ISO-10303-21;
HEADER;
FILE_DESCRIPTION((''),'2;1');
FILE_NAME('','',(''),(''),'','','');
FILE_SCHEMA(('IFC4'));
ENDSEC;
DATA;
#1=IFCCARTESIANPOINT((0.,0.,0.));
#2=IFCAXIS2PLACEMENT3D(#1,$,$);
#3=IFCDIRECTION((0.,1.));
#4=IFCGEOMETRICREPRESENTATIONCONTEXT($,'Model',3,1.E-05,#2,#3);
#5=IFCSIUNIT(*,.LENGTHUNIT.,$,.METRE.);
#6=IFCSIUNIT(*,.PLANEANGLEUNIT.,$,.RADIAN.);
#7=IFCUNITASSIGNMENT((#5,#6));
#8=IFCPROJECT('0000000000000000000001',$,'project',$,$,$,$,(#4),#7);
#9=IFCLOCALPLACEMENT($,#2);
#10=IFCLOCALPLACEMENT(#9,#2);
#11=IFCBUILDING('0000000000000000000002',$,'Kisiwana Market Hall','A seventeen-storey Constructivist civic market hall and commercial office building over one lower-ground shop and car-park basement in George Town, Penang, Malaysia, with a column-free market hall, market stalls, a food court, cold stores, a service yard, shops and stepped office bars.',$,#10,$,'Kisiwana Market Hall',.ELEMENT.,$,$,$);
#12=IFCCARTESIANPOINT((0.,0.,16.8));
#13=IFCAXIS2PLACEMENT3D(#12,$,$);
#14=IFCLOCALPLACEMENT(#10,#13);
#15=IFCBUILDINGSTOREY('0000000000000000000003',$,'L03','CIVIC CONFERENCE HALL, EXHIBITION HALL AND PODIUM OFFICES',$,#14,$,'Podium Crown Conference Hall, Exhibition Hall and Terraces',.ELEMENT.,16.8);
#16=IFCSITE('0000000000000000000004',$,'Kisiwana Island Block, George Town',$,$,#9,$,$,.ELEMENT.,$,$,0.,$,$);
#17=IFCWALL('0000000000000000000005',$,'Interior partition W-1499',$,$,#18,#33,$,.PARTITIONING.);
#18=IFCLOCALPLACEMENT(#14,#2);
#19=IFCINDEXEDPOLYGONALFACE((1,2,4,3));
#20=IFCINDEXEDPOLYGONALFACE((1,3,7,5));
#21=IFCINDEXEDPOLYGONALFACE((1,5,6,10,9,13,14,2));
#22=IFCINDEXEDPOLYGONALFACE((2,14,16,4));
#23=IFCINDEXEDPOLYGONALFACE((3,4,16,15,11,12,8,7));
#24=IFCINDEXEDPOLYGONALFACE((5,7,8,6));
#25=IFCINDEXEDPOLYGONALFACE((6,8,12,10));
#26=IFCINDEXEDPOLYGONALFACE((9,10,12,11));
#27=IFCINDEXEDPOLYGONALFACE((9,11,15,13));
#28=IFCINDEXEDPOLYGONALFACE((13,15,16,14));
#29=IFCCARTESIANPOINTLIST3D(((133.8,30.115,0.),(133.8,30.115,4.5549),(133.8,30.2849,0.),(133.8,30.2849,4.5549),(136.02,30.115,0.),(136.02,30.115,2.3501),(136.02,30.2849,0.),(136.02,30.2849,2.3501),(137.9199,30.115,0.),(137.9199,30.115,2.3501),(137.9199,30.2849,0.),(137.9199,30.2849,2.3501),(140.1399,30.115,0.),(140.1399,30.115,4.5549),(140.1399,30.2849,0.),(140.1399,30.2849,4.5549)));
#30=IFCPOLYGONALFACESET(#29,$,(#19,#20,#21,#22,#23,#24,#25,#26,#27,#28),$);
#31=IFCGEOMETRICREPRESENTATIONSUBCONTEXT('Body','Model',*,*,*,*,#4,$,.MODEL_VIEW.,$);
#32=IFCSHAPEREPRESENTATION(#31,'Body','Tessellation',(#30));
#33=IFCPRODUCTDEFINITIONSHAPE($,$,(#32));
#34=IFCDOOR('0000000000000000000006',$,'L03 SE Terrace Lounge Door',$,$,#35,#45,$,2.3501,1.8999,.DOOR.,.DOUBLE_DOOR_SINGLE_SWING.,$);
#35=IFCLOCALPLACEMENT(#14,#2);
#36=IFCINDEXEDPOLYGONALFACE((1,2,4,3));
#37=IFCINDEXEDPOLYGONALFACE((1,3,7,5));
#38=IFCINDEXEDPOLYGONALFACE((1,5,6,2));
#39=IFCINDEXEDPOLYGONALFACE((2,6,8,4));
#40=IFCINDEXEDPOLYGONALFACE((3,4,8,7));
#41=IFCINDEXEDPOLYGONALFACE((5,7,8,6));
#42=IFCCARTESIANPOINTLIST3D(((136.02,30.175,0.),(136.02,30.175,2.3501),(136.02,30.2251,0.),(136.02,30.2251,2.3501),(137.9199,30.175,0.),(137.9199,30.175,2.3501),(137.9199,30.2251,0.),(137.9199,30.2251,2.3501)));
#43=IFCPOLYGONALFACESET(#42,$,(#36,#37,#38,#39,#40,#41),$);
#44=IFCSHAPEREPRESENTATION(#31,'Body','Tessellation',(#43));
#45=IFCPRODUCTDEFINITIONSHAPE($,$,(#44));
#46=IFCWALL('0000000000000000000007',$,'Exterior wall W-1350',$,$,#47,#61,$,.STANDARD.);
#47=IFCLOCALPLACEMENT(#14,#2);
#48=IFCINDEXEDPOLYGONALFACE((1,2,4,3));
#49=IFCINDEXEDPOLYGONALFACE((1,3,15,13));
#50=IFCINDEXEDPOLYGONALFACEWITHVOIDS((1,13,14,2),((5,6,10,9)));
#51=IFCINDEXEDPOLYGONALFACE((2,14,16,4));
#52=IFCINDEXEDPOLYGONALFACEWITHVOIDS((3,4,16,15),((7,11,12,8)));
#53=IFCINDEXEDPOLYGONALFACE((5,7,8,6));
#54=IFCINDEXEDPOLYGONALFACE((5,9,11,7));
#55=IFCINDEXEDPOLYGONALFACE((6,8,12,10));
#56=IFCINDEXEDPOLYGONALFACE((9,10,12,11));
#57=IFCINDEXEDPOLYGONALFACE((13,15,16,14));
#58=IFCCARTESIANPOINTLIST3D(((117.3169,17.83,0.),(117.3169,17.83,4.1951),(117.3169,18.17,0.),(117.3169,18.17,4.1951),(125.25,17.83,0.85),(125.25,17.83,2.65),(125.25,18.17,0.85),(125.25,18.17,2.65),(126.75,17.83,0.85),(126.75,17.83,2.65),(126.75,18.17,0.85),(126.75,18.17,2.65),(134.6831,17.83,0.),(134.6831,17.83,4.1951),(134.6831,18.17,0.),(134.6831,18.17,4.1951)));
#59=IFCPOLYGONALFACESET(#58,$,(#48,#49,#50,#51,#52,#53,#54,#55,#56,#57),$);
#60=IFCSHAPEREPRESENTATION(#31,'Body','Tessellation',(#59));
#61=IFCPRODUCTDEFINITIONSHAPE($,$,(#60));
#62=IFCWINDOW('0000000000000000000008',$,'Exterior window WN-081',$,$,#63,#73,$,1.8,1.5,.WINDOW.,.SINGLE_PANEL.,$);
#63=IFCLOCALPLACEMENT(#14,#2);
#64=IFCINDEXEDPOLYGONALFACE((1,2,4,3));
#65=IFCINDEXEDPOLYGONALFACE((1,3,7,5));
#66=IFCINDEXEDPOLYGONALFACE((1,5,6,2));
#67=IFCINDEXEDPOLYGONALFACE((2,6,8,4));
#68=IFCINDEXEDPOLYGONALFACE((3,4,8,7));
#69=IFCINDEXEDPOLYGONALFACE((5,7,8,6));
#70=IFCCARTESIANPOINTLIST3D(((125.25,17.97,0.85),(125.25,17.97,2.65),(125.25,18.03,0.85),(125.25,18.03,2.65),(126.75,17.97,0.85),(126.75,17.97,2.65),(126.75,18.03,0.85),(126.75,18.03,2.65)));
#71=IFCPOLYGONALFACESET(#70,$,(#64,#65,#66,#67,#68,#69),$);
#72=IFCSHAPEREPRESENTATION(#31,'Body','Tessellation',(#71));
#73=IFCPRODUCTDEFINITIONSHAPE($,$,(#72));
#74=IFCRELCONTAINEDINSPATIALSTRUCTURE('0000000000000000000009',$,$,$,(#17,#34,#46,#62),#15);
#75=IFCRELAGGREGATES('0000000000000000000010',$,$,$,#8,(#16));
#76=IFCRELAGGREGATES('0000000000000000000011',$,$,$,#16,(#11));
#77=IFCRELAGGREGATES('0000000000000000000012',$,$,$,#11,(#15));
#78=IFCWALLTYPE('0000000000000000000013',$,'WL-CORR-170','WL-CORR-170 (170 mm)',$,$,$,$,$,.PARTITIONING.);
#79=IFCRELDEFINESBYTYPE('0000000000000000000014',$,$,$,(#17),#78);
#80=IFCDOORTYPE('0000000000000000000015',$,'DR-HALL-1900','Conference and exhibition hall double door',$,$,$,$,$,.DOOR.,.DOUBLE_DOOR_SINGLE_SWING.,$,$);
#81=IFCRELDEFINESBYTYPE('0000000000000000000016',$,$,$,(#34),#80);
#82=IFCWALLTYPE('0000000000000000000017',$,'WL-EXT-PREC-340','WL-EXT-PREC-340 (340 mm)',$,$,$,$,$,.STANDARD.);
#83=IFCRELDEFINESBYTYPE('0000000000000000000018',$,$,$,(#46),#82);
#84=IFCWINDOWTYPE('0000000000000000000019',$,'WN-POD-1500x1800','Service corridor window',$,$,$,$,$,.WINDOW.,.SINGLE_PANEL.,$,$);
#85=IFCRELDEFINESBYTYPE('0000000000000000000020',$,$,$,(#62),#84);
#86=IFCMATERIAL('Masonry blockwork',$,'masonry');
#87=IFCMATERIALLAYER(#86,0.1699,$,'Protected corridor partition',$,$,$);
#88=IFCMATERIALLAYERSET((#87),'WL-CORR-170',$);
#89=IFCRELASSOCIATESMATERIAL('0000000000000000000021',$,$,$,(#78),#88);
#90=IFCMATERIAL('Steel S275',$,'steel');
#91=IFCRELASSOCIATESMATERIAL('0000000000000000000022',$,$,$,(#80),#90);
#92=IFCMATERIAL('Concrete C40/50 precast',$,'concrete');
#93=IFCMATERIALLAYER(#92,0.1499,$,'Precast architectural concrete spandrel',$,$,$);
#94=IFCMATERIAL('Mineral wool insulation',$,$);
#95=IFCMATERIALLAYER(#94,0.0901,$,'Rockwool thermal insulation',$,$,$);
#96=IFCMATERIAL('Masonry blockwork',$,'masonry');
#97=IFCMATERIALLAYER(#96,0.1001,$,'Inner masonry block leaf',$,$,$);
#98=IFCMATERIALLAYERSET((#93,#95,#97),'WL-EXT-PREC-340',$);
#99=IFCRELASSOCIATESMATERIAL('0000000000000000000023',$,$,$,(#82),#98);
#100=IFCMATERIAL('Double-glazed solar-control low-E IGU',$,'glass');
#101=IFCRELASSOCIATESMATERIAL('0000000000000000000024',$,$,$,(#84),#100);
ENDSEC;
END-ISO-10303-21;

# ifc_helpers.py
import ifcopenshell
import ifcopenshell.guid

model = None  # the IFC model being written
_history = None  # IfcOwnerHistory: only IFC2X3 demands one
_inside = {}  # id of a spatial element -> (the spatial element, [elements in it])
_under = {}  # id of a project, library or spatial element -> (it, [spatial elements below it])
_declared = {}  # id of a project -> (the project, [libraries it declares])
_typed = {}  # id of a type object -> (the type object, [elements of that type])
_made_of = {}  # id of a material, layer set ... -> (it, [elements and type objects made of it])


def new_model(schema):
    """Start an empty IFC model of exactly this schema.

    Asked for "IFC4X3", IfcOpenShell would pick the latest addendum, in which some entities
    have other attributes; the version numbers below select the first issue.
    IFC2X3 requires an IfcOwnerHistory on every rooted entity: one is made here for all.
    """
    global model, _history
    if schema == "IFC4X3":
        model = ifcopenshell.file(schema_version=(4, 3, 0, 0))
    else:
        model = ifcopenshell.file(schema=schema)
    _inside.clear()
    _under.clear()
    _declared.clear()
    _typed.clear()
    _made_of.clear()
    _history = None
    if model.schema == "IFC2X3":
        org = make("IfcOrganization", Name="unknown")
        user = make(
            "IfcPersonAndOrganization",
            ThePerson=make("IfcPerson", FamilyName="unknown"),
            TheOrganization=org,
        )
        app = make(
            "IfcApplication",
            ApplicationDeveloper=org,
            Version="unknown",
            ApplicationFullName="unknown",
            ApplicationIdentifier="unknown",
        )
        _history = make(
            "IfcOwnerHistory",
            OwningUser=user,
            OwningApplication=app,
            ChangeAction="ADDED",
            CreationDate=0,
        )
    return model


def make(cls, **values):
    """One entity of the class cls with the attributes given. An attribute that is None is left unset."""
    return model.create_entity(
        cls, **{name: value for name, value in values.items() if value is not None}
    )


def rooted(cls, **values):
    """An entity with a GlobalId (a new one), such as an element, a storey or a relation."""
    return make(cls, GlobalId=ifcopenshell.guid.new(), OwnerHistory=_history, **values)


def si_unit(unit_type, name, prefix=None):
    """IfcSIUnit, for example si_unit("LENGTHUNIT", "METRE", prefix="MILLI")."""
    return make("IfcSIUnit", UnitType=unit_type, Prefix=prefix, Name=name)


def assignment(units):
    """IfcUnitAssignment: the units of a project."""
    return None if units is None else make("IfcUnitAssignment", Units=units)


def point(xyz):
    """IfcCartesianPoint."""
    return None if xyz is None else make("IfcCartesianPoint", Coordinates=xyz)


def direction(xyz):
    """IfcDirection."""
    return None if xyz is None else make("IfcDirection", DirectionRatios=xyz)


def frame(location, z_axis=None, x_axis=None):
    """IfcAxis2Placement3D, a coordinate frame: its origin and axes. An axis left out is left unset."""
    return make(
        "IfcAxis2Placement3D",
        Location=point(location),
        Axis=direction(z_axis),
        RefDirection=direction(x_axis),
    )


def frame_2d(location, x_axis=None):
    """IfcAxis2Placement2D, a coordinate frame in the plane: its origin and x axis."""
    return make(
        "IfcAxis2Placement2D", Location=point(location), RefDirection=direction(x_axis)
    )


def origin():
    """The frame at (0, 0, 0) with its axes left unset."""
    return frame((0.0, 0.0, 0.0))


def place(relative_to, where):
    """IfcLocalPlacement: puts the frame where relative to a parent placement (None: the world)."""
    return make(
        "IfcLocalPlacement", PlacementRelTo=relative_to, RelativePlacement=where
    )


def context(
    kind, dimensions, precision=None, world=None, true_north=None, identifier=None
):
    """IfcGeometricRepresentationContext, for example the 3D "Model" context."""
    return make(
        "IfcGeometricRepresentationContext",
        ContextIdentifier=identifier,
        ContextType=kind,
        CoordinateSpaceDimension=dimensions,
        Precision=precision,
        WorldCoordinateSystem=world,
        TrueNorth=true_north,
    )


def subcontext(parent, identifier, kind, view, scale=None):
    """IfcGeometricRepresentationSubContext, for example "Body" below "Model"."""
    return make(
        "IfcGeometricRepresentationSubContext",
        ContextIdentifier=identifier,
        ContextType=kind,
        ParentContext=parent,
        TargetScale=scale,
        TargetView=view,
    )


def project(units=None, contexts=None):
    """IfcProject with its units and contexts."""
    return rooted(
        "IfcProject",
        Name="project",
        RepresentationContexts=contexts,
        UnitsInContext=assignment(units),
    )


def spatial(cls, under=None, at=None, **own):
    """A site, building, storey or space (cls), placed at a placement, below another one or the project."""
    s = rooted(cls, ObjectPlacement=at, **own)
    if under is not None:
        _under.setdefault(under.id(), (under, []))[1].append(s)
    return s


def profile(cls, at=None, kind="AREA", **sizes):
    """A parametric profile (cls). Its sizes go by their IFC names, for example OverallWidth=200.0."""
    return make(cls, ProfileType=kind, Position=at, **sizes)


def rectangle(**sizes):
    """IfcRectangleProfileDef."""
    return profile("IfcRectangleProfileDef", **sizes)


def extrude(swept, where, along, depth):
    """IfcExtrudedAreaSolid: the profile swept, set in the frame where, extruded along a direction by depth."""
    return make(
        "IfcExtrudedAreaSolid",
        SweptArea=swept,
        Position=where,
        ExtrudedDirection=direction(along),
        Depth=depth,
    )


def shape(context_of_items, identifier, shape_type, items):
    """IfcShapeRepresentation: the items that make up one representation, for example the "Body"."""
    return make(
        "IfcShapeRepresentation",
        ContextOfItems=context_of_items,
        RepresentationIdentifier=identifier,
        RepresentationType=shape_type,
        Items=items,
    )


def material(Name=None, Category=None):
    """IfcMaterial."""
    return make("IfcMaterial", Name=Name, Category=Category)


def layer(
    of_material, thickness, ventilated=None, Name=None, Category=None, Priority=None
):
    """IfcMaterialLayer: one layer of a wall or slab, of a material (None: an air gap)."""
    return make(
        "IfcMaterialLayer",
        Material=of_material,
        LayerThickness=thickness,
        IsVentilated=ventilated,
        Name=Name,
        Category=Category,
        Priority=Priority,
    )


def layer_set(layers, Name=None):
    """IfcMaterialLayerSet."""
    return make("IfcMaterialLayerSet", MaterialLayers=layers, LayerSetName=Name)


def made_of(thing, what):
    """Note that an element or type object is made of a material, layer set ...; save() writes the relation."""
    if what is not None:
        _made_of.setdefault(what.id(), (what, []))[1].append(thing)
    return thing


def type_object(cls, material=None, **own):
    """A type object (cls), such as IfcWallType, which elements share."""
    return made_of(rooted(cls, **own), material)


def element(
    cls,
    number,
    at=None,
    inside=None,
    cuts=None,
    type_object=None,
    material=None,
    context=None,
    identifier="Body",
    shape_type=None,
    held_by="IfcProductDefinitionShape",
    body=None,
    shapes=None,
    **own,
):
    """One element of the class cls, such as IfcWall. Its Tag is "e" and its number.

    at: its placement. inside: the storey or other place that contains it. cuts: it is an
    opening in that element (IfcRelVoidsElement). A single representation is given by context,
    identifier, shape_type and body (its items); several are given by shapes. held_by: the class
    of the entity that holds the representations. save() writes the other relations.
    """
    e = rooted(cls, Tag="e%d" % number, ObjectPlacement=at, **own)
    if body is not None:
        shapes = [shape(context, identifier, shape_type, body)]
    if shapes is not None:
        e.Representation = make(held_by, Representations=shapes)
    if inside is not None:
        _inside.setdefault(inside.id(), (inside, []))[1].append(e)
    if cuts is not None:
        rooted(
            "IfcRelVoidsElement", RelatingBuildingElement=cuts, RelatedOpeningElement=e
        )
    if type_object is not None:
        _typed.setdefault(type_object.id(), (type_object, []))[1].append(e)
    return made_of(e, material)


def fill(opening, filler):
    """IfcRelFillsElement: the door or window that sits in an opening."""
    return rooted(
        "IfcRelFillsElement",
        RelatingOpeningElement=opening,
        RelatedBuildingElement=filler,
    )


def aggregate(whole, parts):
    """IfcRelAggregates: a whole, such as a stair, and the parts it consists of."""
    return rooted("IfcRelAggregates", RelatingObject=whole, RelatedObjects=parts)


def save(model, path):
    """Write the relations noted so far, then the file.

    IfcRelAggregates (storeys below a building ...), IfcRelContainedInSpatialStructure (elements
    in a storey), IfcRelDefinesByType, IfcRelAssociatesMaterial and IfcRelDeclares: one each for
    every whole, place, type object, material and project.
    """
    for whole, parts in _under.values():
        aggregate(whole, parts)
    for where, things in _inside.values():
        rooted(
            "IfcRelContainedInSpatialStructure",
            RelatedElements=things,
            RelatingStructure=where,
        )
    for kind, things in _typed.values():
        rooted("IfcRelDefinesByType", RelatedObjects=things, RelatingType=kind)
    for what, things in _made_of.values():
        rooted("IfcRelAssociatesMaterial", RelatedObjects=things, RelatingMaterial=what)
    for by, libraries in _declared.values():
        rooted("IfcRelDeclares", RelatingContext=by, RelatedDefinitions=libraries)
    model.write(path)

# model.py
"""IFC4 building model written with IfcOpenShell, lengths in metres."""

from ifc_helpers import new_model, si_unit, direction, frame, frame_2d, origin, place, context, subcontext, project, spatial, rectangle, extrude, material, layer, layer_set, type_object, element, fill, save


model = new_model("IFC4")

# Units and contexts
model_context = context("Model", 3, precision=1e-05, world=origin(), true_north=direction((0.0, 1.0)))
body_context = subcontext(model_context, "Body", "Model", "MODEL_VIEW")
ifc_project = project(units=[si_unit("LENGTHUNIT", "METRE"), si_unit("PLANEANGLEUNIT", "RADIAN")], contexts=[model_context])

# Site, building, storey
site_placement = place(None, origin())
site = spatial("IfcSite", under=ifc_project, at=site_placement, Name="Kisiwana Island Block, George Town", CompositionType="ELEMENT", RefElevation=0.0)
building_placement = place(site_placement, origin())
building = spatial("IfcBuilding", under=site, at=building_placement, Name="Kisiwana Market Hall", Description="A seventeen-storey Constructivist civic market hall and commercial office building over one lower-ground shop and car-park basement in George Town, Penang, Malaysia, with a column-free market hall, market stalls, a food court, cold stores, a service yard, shops and stepped office bars.", LongName="Kisiwana Market Hall", CompositionType="ELEMENT")
storey_placement = place(building_placement, frame((0.0, 0.0, 16.8)))
storey = spatial("IfcBuildingStorey", under=building, at=storey_placement, Name="L03", Description="CIVIC CONFERENCE HALL, EXHIBITION HALL AND PODIUM OFFICES", LongName="Podium Crown Conference Hall, Exhibition Hall and Terraces", CompositionType="ELEMENT", Elevation=16.8)

# Wall, opening, door
ifc_material_1 = material(Name="Masonry blockwork", Category="masonry")
ifc_layer_1 = layer(ifc_material_1, 0.1699, Name="Protected corridor partition")
ifc_layer_set_1 = layer_set([ifc_layer_1], Name="WL-CORR-170")
wall_type_1 = type_object("IfcWallType", Name="WL-CORR-170", Description="WL-CORR-170 (170 mm)", PredefinedType="PARTITIONING", material=ifc_layer_set_1)
wall_1_placement = place(storey_placement, frame((133.8, 30.2, 0.0), z_axis=(0.0, 0.0, 1.0), x_axis=(1.0, 0.0, 0.0)))
wall_1 = element("IfcWall", 1, at=wall_1_placement, inside=storey, type_object=wall_type_1, Name="Interior partition W-1499", PredefinedType="PARTITIONING", context=body_context, shape_type="SweptSolid", body=[
    extrude(rectangle(XDim=6.3398, YDim=0.1699, at=frame_2d((3.1699, 0.0))), origin(), (0.0, 0.0, 1.0), 4.5549),
])
opening_1_placement = place(wall_1_placement, frame((2.22, 0.0, 0.0)))
opening_1 = element("IfcOpeningElement", 2, at=opening_1_placement, cuts=wall_1, PredefinedType="OPENING", context=body_context, shape_type="SweptSolid", body=[
    extrude(rectangle(XDim=1.8999, YDim=2.3501, at=frame_2d((0.95, 1.175))), frame((0.0, 0.0969, 0.0), z_axis=(0.0, -1.0, 0.0), x_axis=(1.0, 0.0, 0.0)), (0.0, 0.0, 1.0), 0.1938),
])
ifc_material_2 = material(Name="Steel S275", Category="steel")
door_type_1 = type_object("IfcDoorType", Name="DR-HALL-1900", Description="Conference and exhibition hall double door", OperationType="DOUBLE_DOOR_SINGLE_SWING", PredefinedType="DOOR", material=ifc_material_2)
door_1_placement = place(opening_1_placement, frame((1.8999, 0.0, 0.0), z_axis=(0.0, 0.0, 1.0), x_axis=(-1.0, 0.0, 0.0)))
door_1 = element("IfcDoor", 3, at=door_1_placement, inside=storey, type_object=door_type_1, Name="L03 SE Terrace Lounge Door", OperationType="DOUBLE_DOOR_SINGLE_SWING", OverallHeight=2.3501, OverallWidth=1.8999, PredefinedType="DOOR", context=body_context, shape_type="SweptSolid", body=[
    extrude(rectangle(XDim=1.8999, YDim=2.3501, at=frame_2d((0.95, 1.175))), frame((0.0, 0.0249, 0.0), z_axis=(0.0, -1.0, 0.0), x_axis=(1.0, 0.0, 0.0)), (0.0, 0.0, 1.0), 0.05),
])
fill(opening_1, door_1)

# Wall, opening, window
ifc_material_3 = material(Name="Concrete C40/50 precast", Category="concrete")
ifc_layer_2 = layer(ifc_material_3, 0.1499, Name="Precast architectural concrete spandrel")
ifc_material_4 = material(Name="Mineral wool insulation")
ifc_layer_3 = layer(ifc_material_4, 0.0901, Name="Rockwool thermal insulation")
ifc_material_5 = material(Name="Masonry blockwork", Category="masonry")
ifc_layer_4 = layer(ifc_material_5, 0.1001, Name="Inner masonry block leaf")
ifc_layer_set_2 = layer_set([ifc_layer_2, ifc_layer_3, ifc_layer_4], Name="WL-EXT-PREC-340")
wall_type_2 = type_object("IfcWallType", Name="WL-EXT-PREC-340", Description="WL-EXT-PREC-340 (340 mm)", PredefinedType="STANDARD", material=ifc_layer_set_2)
wall_2_placement = place(storey_placement, frame((117.3169, 18.0, 0.0), z_axis=(0.0, 0.0, 1.0), x_axis=(1.0, 0.0, 0.0)))
wall_2 = element("IfcWall", 4, at=wall_2_placement, inside=storey, type_object=wall_type_2, Name="Exterior wall W-1350", PredefinedType="STANDARD", context=body_context, shape_type="SweptSolid", body=[
    extrude(rectangle(XDim=17.3662, YDim=0.3401, at=frame_2d((8.6831, 0.0))), origin(), (0.0, 0.0, 1.0), 4.1951),
])
opening_2_placement = place(wall_2_placement, frame((7.9331, 0.0, 0.8501)))
opening_2 = element("IfcOpeningElement", 5, at=opening_2_placement, cuts=wall_2, PredefinedType="OPENING", context=body_context, shape_type="SweptSolid", body=[
    extrude(rectangle(XDim=1.5, YDim=1.8, at=frame_2d((0.75, 0.8999))), frame((0.0, 0.1821, 0.0), z_axis=(0.0, -1.0, 0.0), x_axis=(1.0, 0.0, 0.0)), (0.0, 0.0, 1.0), 0.364),
])
ifc_material_6 = material(Name="Double-glazed solar-control low-E IGU", Category="glass")
window_type = type_object("IfcWindowType", Name="WN-POD-1500x1800", Description="Service corridor window", PartitioningType="SINGLE_PANEL", PredefinedType="WINDOW", material=ifc_material_6)
window_placement = place(opening_2_placement, origin())
window = element("IfcWindow", 6, at=window_placement, inside=storey, type_object=window_type, Name="Exterior window WN-081", OverallHeight=1.8, OverallWidth=1.5, PartitioningType="SINGLE_PANEL", PredefinedType="WINDOW", context=body_context, shape_type="SweptSolid", body=[
    extrude(rectangle(XDim=1.5, YDim=1.8, at=frame_2d((0.75, 0.8999))), frame((0.0, 0.03, 0.0), z_axis=(0.0, -1.0, 0.0), x_axis=(1.0, 0.0, 0.0)), (0.0, 0.0, 1.0), 0.0601),
])
fill(opening_2, window)

save(model, "model.ifc")
